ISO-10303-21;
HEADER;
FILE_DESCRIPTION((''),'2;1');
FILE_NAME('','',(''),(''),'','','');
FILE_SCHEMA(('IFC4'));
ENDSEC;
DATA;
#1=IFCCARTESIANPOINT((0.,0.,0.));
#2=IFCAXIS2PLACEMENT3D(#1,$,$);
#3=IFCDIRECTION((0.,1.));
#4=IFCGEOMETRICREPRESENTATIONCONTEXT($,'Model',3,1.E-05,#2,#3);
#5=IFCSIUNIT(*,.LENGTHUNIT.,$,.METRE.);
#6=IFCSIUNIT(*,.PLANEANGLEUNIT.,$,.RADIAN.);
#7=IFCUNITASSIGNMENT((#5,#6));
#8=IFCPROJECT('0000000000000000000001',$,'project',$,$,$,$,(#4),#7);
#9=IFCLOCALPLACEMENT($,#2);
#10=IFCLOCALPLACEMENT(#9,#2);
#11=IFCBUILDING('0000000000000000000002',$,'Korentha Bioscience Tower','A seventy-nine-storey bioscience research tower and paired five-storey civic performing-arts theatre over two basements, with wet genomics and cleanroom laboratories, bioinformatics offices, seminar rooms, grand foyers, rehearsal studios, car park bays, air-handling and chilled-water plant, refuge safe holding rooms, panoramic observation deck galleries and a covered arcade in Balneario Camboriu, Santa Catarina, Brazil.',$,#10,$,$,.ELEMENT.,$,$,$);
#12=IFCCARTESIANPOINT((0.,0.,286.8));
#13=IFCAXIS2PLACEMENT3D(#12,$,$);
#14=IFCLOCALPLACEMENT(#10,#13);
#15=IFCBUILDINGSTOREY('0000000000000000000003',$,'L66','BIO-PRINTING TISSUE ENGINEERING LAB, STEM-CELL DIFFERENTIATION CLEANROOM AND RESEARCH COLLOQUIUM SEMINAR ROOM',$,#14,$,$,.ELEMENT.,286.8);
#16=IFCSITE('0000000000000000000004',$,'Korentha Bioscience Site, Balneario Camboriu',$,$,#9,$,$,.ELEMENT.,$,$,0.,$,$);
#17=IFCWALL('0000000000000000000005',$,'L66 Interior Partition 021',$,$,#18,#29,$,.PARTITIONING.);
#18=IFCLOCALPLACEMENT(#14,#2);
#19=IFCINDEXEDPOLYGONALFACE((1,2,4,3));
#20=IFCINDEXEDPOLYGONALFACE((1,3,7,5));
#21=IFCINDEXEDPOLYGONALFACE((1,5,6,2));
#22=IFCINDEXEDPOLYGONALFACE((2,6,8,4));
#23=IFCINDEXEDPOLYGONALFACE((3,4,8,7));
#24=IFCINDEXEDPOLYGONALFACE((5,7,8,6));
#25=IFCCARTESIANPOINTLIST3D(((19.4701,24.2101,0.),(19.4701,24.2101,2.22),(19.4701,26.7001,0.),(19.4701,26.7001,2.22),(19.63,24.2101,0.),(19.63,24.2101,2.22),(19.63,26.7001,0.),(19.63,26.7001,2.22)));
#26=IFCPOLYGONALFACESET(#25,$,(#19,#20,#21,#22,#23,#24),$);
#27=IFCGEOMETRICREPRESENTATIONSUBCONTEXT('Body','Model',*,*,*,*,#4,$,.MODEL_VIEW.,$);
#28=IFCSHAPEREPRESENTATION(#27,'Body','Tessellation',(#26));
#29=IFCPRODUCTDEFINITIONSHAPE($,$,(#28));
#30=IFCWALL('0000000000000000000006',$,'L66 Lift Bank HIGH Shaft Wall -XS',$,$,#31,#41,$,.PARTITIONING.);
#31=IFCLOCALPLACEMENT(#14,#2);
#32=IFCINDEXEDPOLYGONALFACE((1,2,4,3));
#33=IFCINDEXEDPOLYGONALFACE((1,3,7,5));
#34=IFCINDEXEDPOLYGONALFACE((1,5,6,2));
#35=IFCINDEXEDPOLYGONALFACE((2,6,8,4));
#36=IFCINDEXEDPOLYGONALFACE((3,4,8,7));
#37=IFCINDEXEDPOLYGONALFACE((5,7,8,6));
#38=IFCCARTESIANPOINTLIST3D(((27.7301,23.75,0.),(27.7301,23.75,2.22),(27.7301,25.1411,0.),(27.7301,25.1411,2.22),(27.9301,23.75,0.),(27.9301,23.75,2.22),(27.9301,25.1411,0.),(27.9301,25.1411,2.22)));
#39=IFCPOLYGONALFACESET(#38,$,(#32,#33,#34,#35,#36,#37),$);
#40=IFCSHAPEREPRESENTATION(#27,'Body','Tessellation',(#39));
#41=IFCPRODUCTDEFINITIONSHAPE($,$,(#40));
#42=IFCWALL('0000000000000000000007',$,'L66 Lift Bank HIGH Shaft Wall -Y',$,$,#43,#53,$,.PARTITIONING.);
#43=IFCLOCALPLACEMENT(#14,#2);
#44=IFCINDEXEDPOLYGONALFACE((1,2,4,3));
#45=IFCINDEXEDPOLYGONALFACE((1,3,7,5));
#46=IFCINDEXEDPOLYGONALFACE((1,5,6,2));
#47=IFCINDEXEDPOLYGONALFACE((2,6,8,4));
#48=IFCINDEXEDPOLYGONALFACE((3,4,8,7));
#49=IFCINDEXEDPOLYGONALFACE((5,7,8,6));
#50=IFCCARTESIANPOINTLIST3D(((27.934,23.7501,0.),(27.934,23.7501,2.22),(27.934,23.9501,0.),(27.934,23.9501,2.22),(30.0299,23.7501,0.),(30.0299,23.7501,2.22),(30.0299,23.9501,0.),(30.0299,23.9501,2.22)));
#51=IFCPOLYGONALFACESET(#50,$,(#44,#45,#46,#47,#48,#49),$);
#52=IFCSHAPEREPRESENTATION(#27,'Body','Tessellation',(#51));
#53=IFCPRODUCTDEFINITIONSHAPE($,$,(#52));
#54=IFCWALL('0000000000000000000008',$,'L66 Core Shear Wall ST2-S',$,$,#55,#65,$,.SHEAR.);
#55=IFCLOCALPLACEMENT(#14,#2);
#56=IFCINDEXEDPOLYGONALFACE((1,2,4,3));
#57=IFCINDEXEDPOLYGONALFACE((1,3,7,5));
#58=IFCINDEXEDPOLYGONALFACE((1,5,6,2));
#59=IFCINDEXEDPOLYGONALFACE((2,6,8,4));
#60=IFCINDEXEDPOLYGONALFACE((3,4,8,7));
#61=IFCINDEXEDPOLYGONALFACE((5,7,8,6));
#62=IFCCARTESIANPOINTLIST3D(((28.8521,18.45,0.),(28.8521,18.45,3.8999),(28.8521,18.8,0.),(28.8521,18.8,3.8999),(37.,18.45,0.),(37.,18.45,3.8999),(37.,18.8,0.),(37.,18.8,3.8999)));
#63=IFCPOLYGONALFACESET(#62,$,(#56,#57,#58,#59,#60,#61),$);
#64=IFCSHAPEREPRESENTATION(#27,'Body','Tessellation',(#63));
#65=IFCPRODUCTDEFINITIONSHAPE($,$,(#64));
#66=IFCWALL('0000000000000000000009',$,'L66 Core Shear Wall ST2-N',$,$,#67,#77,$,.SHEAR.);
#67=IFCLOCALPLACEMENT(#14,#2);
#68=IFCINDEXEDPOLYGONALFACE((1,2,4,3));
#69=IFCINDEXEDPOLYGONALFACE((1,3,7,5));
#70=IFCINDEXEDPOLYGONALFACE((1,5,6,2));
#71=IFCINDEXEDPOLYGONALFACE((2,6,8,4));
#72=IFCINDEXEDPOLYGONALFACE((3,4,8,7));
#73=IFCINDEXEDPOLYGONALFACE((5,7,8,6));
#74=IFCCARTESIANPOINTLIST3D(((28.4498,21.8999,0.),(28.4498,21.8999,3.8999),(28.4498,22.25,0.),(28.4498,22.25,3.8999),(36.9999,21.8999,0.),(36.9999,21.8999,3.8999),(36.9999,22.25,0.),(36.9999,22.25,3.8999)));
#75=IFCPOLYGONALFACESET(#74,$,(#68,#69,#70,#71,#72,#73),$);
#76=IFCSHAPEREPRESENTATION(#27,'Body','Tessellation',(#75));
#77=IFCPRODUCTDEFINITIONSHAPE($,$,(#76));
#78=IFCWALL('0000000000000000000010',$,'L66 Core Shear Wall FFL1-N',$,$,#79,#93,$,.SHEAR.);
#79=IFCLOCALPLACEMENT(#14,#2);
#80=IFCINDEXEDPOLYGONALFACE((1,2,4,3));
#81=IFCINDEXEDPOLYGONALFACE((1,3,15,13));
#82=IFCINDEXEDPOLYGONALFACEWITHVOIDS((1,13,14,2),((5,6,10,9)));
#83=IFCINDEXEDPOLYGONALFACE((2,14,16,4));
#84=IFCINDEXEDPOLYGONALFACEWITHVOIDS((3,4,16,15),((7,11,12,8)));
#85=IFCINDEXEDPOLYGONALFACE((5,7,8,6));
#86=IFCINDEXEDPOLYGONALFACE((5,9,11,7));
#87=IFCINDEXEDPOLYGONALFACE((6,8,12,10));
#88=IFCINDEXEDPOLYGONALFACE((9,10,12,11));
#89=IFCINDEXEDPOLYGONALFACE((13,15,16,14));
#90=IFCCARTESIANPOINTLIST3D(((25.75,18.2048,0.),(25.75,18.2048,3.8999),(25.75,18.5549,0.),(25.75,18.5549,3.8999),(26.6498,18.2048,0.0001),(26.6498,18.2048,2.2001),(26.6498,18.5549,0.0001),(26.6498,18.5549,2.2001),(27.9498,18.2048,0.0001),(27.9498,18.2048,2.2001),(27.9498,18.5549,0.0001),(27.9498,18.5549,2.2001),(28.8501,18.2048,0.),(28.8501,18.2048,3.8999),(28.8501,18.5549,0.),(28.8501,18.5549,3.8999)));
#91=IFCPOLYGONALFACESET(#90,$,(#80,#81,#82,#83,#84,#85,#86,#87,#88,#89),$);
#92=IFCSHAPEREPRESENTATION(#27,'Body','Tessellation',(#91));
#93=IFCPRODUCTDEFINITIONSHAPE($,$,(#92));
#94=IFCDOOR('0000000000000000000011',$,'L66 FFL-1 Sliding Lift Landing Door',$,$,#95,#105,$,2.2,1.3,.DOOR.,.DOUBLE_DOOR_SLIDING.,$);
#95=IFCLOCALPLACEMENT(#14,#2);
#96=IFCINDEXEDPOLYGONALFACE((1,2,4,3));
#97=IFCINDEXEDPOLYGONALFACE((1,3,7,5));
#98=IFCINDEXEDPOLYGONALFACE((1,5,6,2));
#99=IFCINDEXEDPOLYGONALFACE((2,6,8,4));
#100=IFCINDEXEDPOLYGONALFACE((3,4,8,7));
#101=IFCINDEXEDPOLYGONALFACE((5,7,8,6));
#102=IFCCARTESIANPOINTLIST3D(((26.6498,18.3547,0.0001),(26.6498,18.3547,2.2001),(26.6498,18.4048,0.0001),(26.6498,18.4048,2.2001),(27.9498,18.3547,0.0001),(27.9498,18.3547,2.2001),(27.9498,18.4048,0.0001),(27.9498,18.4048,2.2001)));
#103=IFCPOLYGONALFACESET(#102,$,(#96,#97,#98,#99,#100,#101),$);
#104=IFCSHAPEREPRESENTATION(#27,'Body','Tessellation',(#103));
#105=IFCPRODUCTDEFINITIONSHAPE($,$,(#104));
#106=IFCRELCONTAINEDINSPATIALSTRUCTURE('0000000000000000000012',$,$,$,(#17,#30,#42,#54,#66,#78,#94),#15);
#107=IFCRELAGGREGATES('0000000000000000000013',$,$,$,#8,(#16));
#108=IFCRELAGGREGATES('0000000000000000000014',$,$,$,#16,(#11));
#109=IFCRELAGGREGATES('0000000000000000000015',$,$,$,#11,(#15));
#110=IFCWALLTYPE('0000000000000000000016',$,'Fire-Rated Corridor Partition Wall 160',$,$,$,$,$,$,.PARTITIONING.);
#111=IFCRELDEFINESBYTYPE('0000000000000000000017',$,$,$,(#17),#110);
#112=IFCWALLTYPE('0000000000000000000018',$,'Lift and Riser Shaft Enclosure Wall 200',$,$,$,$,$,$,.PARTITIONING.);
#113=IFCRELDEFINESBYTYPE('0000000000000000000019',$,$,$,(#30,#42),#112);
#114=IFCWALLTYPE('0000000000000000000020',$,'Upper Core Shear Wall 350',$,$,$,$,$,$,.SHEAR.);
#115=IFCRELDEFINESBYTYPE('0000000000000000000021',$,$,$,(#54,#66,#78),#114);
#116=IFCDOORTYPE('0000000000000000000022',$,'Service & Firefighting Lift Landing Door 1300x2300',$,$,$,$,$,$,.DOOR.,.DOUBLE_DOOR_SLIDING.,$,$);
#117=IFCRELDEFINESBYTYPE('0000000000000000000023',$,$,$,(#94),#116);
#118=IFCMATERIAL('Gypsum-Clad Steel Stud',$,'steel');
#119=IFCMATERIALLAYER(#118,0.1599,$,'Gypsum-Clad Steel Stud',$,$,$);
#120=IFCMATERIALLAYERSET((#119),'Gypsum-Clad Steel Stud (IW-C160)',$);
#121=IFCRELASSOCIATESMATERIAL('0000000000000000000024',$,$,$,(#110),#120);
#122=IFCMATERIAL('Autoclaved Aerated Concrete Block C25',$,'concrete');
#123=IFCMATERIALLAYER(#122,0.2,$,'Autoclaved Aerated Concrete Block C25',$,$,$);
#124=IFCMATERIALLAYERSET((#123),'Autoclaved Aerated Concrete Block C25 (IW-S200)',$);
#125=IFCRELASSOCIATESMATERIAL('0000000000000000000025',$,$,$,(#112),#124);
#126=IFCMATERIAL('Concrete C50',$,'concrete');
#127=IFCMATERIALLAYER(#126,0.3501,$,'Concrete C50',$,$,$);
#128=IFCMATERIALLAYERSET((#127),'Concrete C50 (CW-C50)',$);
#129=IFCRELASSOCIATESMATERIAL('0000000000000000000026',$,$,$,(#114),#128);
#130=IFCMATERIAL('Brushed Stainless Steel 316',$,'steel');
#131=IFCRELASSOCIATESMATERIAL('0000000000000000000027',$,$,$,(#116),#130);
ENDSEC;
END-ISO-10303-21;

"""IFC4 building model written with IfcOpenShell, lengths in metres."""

from ifc_helpers import new_model, si_unit, direction, frame, frame_2d, origin, place, context, subcontext, project, spatial, rectangle, extrude, material, layer, layer_set, type_object, element, fill, save


model = new_model("IFC4")

# Units and contexts
model_context = context("Model", 3, precision=1e-05, world=origin(), true_north=direction((0.0, 1.0)))
body_context = subcontext(model_context, "Body", "Model", "MODEL_VIEW")
ifc_project = project(units=[si_unit("LENGTHUNIT", "METRE"), si_unit("PLANEANGLEUNIT", "RADIAN")], contexts=[model_context])

# Site, building, storey
site_placement = place(None, origin())
site = spatial("IfcSite", under=ifc_project, at=site_placement, Name="Korentha Bioscience Site, Balneario Camboriu", CompositionType="ELEMENT", RefElevation=0.0)
building_placement = place(site_placement, origin())
building = spatial("IfcBuilding", under=site, at=building_placement, Name="Korentha Bioscience Tower", Description="A seventy-nine-storey bioscience research tower and paired five-storey civic performing-arts theatre over two basements, with wet genomics and cleanroom laboratories, bioinformatics offices, seminar rooms, grand foyers, rehearsal studios, car park bays, air-handling and chilled-water plant, refuge safe holding rooms, panoramic observation deck galleries and a covered arcade in Balneario Camboriu, Santa Catarina, Brazil.", CompositionType="ELEMENT")
storey_placement = place(building_placement, frame((0.0, 0.0, 286.8)))
storey = spatial("IfcBuildingStorey", under=building, at=storey_placement, Name="L66", Description="BIO-PRINTING TISSUE ENGINEERING LAB, STEM-CELL DIFFERENTIATION CLEANROOM AND RESEARCH COLLOQUIUM SEMINAR ROOM", CompositionType="ELEMENT", Elevation=286.8)

# Shared definitions
ifc_material_1 = material(Name="Gypsum-Clad Steel Stud", Category="steel")
ifc_layer_1 = layer(ifc_material_1, 0.1599, Name="Gypsum-Clad Steel Stud")
ifc_layer_set_1 = layer_set([ifc_layer_1], Name="Gypsum-Clad Steel Stud (IW-C160)")
wall_type_1 = type_object("IfcWallType", Name="Fire-Rated Corridor Partition Wall 160", PredefinedType="PARTITIONING", material=ifc_layer_set_1)

# Walls
wall_1_placement = place(storey_placement, frame((19.55, 24.21, 0.0), z_axis=(0.0, 0.0, 1.0), x_axis=(0.0, 1.0, 0.0)))
element("IfcWall", 1, at=wall_1_placement, inside=storey, type_object=wall_type_1, Name="L66 Interior Partition 021", PredefinedType="PARTITIONING", context=body_context, shape_type="SweptSolid", body=[
    extrude(rectangle(XDim=2.49, YDim=0.1599, at=frame_2d((1.2451, 0.0))), origin(), (0.0, 0.0, 1.0), 2.22),
])
ifc_material_2 = material(Name="Autoclaved Aerated Concrete Block C25", Category="concrete")
ifc_layer_2 = layer(ifc_material_2, 0.2, Name="Autoclaved Aerated Concrete Block C25")
ifc_layer_set_2 = layer_set([ifc_layer_2], Name="Autoclaved Aerated Concrete Block C25 (IW-S200)")
wall_type_2 = type_object("IfcWallType", Name="Lift and Riser Shaft Enclosure Wall 200", PredefinedType="PARTITIONING", material=ifc_layer_set_2)
wall_2_placement = place(storey_placement, frame((27.8301, 23.75, 0.0), z_axis=(0.0, 0.0, 1.0), x_axis=(0.0, 1.0, 0.0)))
element("IfcWall", 2, at=wall_2_placement, inside=storey, type_object=wall_type_2, Name="L66 Lift Bank HIGH Shaft Wall -XS", PredefinedType="PARTITIONING", context=body_context, shape_type="SweptSolid", body=[
    extrude(rectangle(XDim=1.3911, YDim=0.2, at=frame_2d((0.6956, 0.0))), origin(), (0.0, 0.0, 1.0), 2.22),
])
wall_3_placement = place(storey_placement, frame((27.9341, 23.8501, 0.0), z_axis=(0.0, 0.0, 1.0), x_axis=(1.0, 0.0, 0.0)))
element("IfcWall", 3, at=wall_3_placement, inside=storey, type_object=wall_type_2, Name="L66 Lift Bank HIGH Shaft Wall -Y", PredefinedType="PARTITIONING", context=body_context, shape_type="SweptSolid", body=[
    extrude(rectangle(XDim=2.0959, YDim=0.2, at=frame_2d((1.0479, 0.0))), origin(), (0.0, 0.0, 1.0), 2.22),
])
ifc_material_3 = material(Name="Concrete C50", Category="concrete")
ifc_layer_3 = layer(ifc_material_3, 0.3501, Name="Concrete C50")
ifc_layer_set_3 = layer_set([ifc_layer_3], Name="Concrete C50 (CW-C50)")
wall_type_3 = type_object("IfcWallType", Name="Upper Core Shear Wall 350", PredefinedType="SHEAR", material=ifc_layer_set_3)
wall_4_placement = place(storey_placement, frame((28.8521, 18.625, 0.0), z_axis=(0.0, 0.0, 1.0), x_axis=(1.0, 0.0, 0.0)))
element("IfcWall", 4, at=wall_4_placement, inside=storey, type_object=wall_type_3, Name="L66 Core Shear Wall ST2-S", PredefinedType="SHEAR", context=body_context, shape_type="SweptSolid", body=[
    extrude(rectangle(XDim=8.1479, YDim=0.3501, at=frame_2d((4.074, 0.0))), origin(), (0.0, 0.0, 1.0), 3.8999),
])
wall_5_placement = place(storey_placement, frame((28.45, 22.075, 0.0), z_axis=(0.0, 0.0, 1.0), x_axis=(1.0, 0.0, 0.0)))
element("IfcWall", 5, at=wall_5_placement, inside=storey, type_object=wall_type_3, Name="L66 Core Shear Wall ST2-N", PredefinedType="SHEAR", context=body_context, shape_type="SweptSolid", body=[
    extrude(rectangle(XDim=8.55, YDim=0.3501, at=frame_2d((4.2749, 0.0))), origin(), (0.0, 0.0, 1.0), 3.8999),
])

# Wall, opening, door
wall_6_placement = place(storey_placement, frame((25.75, 18.3799, 0.0), z_axis=(0.0, 0.0, 1.0), x_axis=(1.0, 0.0, 0.0)))
wall_6 = element("IfcWall", 6, at=wall_6_placement, inside=storey, type_object=wall_type_3, Name="L66 Core Shear Wall FFL1-N", PredefinedType="SHEAR", context=body_context, shape_type="SweptSolid", body=[
    extrude(rectangle(XDim=3.1001, YDim=0.3501, at=frame_2d((1.55, 0.0))), origin(), (0.0, 0.0, 1.0), 3.8999),
])
opening_1_placement = place(wall_6_placement, frame((0.8999, 0.0, 0.0)))
opening_1 = element("IfcOpeningElement", 7, at=opening_1_placement, cuts=wall_6, PredefinedType="OPENING", context=body_context, shape_type="SweptSolid", body=[
    extrude(rectangle(XDim=1.3, YDim=2.2, at=frame_2d((0.6499, 1.1001))), frame((0.0, 0.1899, 0.0), z_axis=(0.0, -1.0, 0.0), x_axis=(1.0, 0.0, 0.0)), (0.0, 0.0, 1.0), 0.3799),
])
ifc_material_4 = material(Name="Brushed Stainless Steel 316", Category="steel")
door_type_1 = type_object("IfcDoorType", Name="Service & Firefighting Lift Landing Door 1300x2300", OperationType="DOUBLE_DOOR_SLIDING", PredefinedType="DOOR", material=ifc_material_4)
door_1_placement = place(opening_1_placement, origin())
door_1 = element("IfcDoor", 8, at=door_1_placement, inside=storey, type_object=door_type_1, Name="L66 FFL-1 Sliding Lift Landing Door", OperationType="DOUBLE_DOOR_SLIDING", OverallHeight=2.2, OverallWidth=1.3, PredefinedType="DOOR", context=body_context, shape_type="SweptSolid", body=[
    extrude(rectangle(XDim=1.3, YDim=2.2, at=frame_2d((0.6499, 1.1001))), frame((0.0, 0.0249, 0.0), z_axis=(0.0, -1.0, 0.0), x_axis=(1.0, 0.0, 0.0)), (0.0, 0.0, 1.0), 0.05),
])
fill(opening_1, door_1)

save(model, "model.ifc")
